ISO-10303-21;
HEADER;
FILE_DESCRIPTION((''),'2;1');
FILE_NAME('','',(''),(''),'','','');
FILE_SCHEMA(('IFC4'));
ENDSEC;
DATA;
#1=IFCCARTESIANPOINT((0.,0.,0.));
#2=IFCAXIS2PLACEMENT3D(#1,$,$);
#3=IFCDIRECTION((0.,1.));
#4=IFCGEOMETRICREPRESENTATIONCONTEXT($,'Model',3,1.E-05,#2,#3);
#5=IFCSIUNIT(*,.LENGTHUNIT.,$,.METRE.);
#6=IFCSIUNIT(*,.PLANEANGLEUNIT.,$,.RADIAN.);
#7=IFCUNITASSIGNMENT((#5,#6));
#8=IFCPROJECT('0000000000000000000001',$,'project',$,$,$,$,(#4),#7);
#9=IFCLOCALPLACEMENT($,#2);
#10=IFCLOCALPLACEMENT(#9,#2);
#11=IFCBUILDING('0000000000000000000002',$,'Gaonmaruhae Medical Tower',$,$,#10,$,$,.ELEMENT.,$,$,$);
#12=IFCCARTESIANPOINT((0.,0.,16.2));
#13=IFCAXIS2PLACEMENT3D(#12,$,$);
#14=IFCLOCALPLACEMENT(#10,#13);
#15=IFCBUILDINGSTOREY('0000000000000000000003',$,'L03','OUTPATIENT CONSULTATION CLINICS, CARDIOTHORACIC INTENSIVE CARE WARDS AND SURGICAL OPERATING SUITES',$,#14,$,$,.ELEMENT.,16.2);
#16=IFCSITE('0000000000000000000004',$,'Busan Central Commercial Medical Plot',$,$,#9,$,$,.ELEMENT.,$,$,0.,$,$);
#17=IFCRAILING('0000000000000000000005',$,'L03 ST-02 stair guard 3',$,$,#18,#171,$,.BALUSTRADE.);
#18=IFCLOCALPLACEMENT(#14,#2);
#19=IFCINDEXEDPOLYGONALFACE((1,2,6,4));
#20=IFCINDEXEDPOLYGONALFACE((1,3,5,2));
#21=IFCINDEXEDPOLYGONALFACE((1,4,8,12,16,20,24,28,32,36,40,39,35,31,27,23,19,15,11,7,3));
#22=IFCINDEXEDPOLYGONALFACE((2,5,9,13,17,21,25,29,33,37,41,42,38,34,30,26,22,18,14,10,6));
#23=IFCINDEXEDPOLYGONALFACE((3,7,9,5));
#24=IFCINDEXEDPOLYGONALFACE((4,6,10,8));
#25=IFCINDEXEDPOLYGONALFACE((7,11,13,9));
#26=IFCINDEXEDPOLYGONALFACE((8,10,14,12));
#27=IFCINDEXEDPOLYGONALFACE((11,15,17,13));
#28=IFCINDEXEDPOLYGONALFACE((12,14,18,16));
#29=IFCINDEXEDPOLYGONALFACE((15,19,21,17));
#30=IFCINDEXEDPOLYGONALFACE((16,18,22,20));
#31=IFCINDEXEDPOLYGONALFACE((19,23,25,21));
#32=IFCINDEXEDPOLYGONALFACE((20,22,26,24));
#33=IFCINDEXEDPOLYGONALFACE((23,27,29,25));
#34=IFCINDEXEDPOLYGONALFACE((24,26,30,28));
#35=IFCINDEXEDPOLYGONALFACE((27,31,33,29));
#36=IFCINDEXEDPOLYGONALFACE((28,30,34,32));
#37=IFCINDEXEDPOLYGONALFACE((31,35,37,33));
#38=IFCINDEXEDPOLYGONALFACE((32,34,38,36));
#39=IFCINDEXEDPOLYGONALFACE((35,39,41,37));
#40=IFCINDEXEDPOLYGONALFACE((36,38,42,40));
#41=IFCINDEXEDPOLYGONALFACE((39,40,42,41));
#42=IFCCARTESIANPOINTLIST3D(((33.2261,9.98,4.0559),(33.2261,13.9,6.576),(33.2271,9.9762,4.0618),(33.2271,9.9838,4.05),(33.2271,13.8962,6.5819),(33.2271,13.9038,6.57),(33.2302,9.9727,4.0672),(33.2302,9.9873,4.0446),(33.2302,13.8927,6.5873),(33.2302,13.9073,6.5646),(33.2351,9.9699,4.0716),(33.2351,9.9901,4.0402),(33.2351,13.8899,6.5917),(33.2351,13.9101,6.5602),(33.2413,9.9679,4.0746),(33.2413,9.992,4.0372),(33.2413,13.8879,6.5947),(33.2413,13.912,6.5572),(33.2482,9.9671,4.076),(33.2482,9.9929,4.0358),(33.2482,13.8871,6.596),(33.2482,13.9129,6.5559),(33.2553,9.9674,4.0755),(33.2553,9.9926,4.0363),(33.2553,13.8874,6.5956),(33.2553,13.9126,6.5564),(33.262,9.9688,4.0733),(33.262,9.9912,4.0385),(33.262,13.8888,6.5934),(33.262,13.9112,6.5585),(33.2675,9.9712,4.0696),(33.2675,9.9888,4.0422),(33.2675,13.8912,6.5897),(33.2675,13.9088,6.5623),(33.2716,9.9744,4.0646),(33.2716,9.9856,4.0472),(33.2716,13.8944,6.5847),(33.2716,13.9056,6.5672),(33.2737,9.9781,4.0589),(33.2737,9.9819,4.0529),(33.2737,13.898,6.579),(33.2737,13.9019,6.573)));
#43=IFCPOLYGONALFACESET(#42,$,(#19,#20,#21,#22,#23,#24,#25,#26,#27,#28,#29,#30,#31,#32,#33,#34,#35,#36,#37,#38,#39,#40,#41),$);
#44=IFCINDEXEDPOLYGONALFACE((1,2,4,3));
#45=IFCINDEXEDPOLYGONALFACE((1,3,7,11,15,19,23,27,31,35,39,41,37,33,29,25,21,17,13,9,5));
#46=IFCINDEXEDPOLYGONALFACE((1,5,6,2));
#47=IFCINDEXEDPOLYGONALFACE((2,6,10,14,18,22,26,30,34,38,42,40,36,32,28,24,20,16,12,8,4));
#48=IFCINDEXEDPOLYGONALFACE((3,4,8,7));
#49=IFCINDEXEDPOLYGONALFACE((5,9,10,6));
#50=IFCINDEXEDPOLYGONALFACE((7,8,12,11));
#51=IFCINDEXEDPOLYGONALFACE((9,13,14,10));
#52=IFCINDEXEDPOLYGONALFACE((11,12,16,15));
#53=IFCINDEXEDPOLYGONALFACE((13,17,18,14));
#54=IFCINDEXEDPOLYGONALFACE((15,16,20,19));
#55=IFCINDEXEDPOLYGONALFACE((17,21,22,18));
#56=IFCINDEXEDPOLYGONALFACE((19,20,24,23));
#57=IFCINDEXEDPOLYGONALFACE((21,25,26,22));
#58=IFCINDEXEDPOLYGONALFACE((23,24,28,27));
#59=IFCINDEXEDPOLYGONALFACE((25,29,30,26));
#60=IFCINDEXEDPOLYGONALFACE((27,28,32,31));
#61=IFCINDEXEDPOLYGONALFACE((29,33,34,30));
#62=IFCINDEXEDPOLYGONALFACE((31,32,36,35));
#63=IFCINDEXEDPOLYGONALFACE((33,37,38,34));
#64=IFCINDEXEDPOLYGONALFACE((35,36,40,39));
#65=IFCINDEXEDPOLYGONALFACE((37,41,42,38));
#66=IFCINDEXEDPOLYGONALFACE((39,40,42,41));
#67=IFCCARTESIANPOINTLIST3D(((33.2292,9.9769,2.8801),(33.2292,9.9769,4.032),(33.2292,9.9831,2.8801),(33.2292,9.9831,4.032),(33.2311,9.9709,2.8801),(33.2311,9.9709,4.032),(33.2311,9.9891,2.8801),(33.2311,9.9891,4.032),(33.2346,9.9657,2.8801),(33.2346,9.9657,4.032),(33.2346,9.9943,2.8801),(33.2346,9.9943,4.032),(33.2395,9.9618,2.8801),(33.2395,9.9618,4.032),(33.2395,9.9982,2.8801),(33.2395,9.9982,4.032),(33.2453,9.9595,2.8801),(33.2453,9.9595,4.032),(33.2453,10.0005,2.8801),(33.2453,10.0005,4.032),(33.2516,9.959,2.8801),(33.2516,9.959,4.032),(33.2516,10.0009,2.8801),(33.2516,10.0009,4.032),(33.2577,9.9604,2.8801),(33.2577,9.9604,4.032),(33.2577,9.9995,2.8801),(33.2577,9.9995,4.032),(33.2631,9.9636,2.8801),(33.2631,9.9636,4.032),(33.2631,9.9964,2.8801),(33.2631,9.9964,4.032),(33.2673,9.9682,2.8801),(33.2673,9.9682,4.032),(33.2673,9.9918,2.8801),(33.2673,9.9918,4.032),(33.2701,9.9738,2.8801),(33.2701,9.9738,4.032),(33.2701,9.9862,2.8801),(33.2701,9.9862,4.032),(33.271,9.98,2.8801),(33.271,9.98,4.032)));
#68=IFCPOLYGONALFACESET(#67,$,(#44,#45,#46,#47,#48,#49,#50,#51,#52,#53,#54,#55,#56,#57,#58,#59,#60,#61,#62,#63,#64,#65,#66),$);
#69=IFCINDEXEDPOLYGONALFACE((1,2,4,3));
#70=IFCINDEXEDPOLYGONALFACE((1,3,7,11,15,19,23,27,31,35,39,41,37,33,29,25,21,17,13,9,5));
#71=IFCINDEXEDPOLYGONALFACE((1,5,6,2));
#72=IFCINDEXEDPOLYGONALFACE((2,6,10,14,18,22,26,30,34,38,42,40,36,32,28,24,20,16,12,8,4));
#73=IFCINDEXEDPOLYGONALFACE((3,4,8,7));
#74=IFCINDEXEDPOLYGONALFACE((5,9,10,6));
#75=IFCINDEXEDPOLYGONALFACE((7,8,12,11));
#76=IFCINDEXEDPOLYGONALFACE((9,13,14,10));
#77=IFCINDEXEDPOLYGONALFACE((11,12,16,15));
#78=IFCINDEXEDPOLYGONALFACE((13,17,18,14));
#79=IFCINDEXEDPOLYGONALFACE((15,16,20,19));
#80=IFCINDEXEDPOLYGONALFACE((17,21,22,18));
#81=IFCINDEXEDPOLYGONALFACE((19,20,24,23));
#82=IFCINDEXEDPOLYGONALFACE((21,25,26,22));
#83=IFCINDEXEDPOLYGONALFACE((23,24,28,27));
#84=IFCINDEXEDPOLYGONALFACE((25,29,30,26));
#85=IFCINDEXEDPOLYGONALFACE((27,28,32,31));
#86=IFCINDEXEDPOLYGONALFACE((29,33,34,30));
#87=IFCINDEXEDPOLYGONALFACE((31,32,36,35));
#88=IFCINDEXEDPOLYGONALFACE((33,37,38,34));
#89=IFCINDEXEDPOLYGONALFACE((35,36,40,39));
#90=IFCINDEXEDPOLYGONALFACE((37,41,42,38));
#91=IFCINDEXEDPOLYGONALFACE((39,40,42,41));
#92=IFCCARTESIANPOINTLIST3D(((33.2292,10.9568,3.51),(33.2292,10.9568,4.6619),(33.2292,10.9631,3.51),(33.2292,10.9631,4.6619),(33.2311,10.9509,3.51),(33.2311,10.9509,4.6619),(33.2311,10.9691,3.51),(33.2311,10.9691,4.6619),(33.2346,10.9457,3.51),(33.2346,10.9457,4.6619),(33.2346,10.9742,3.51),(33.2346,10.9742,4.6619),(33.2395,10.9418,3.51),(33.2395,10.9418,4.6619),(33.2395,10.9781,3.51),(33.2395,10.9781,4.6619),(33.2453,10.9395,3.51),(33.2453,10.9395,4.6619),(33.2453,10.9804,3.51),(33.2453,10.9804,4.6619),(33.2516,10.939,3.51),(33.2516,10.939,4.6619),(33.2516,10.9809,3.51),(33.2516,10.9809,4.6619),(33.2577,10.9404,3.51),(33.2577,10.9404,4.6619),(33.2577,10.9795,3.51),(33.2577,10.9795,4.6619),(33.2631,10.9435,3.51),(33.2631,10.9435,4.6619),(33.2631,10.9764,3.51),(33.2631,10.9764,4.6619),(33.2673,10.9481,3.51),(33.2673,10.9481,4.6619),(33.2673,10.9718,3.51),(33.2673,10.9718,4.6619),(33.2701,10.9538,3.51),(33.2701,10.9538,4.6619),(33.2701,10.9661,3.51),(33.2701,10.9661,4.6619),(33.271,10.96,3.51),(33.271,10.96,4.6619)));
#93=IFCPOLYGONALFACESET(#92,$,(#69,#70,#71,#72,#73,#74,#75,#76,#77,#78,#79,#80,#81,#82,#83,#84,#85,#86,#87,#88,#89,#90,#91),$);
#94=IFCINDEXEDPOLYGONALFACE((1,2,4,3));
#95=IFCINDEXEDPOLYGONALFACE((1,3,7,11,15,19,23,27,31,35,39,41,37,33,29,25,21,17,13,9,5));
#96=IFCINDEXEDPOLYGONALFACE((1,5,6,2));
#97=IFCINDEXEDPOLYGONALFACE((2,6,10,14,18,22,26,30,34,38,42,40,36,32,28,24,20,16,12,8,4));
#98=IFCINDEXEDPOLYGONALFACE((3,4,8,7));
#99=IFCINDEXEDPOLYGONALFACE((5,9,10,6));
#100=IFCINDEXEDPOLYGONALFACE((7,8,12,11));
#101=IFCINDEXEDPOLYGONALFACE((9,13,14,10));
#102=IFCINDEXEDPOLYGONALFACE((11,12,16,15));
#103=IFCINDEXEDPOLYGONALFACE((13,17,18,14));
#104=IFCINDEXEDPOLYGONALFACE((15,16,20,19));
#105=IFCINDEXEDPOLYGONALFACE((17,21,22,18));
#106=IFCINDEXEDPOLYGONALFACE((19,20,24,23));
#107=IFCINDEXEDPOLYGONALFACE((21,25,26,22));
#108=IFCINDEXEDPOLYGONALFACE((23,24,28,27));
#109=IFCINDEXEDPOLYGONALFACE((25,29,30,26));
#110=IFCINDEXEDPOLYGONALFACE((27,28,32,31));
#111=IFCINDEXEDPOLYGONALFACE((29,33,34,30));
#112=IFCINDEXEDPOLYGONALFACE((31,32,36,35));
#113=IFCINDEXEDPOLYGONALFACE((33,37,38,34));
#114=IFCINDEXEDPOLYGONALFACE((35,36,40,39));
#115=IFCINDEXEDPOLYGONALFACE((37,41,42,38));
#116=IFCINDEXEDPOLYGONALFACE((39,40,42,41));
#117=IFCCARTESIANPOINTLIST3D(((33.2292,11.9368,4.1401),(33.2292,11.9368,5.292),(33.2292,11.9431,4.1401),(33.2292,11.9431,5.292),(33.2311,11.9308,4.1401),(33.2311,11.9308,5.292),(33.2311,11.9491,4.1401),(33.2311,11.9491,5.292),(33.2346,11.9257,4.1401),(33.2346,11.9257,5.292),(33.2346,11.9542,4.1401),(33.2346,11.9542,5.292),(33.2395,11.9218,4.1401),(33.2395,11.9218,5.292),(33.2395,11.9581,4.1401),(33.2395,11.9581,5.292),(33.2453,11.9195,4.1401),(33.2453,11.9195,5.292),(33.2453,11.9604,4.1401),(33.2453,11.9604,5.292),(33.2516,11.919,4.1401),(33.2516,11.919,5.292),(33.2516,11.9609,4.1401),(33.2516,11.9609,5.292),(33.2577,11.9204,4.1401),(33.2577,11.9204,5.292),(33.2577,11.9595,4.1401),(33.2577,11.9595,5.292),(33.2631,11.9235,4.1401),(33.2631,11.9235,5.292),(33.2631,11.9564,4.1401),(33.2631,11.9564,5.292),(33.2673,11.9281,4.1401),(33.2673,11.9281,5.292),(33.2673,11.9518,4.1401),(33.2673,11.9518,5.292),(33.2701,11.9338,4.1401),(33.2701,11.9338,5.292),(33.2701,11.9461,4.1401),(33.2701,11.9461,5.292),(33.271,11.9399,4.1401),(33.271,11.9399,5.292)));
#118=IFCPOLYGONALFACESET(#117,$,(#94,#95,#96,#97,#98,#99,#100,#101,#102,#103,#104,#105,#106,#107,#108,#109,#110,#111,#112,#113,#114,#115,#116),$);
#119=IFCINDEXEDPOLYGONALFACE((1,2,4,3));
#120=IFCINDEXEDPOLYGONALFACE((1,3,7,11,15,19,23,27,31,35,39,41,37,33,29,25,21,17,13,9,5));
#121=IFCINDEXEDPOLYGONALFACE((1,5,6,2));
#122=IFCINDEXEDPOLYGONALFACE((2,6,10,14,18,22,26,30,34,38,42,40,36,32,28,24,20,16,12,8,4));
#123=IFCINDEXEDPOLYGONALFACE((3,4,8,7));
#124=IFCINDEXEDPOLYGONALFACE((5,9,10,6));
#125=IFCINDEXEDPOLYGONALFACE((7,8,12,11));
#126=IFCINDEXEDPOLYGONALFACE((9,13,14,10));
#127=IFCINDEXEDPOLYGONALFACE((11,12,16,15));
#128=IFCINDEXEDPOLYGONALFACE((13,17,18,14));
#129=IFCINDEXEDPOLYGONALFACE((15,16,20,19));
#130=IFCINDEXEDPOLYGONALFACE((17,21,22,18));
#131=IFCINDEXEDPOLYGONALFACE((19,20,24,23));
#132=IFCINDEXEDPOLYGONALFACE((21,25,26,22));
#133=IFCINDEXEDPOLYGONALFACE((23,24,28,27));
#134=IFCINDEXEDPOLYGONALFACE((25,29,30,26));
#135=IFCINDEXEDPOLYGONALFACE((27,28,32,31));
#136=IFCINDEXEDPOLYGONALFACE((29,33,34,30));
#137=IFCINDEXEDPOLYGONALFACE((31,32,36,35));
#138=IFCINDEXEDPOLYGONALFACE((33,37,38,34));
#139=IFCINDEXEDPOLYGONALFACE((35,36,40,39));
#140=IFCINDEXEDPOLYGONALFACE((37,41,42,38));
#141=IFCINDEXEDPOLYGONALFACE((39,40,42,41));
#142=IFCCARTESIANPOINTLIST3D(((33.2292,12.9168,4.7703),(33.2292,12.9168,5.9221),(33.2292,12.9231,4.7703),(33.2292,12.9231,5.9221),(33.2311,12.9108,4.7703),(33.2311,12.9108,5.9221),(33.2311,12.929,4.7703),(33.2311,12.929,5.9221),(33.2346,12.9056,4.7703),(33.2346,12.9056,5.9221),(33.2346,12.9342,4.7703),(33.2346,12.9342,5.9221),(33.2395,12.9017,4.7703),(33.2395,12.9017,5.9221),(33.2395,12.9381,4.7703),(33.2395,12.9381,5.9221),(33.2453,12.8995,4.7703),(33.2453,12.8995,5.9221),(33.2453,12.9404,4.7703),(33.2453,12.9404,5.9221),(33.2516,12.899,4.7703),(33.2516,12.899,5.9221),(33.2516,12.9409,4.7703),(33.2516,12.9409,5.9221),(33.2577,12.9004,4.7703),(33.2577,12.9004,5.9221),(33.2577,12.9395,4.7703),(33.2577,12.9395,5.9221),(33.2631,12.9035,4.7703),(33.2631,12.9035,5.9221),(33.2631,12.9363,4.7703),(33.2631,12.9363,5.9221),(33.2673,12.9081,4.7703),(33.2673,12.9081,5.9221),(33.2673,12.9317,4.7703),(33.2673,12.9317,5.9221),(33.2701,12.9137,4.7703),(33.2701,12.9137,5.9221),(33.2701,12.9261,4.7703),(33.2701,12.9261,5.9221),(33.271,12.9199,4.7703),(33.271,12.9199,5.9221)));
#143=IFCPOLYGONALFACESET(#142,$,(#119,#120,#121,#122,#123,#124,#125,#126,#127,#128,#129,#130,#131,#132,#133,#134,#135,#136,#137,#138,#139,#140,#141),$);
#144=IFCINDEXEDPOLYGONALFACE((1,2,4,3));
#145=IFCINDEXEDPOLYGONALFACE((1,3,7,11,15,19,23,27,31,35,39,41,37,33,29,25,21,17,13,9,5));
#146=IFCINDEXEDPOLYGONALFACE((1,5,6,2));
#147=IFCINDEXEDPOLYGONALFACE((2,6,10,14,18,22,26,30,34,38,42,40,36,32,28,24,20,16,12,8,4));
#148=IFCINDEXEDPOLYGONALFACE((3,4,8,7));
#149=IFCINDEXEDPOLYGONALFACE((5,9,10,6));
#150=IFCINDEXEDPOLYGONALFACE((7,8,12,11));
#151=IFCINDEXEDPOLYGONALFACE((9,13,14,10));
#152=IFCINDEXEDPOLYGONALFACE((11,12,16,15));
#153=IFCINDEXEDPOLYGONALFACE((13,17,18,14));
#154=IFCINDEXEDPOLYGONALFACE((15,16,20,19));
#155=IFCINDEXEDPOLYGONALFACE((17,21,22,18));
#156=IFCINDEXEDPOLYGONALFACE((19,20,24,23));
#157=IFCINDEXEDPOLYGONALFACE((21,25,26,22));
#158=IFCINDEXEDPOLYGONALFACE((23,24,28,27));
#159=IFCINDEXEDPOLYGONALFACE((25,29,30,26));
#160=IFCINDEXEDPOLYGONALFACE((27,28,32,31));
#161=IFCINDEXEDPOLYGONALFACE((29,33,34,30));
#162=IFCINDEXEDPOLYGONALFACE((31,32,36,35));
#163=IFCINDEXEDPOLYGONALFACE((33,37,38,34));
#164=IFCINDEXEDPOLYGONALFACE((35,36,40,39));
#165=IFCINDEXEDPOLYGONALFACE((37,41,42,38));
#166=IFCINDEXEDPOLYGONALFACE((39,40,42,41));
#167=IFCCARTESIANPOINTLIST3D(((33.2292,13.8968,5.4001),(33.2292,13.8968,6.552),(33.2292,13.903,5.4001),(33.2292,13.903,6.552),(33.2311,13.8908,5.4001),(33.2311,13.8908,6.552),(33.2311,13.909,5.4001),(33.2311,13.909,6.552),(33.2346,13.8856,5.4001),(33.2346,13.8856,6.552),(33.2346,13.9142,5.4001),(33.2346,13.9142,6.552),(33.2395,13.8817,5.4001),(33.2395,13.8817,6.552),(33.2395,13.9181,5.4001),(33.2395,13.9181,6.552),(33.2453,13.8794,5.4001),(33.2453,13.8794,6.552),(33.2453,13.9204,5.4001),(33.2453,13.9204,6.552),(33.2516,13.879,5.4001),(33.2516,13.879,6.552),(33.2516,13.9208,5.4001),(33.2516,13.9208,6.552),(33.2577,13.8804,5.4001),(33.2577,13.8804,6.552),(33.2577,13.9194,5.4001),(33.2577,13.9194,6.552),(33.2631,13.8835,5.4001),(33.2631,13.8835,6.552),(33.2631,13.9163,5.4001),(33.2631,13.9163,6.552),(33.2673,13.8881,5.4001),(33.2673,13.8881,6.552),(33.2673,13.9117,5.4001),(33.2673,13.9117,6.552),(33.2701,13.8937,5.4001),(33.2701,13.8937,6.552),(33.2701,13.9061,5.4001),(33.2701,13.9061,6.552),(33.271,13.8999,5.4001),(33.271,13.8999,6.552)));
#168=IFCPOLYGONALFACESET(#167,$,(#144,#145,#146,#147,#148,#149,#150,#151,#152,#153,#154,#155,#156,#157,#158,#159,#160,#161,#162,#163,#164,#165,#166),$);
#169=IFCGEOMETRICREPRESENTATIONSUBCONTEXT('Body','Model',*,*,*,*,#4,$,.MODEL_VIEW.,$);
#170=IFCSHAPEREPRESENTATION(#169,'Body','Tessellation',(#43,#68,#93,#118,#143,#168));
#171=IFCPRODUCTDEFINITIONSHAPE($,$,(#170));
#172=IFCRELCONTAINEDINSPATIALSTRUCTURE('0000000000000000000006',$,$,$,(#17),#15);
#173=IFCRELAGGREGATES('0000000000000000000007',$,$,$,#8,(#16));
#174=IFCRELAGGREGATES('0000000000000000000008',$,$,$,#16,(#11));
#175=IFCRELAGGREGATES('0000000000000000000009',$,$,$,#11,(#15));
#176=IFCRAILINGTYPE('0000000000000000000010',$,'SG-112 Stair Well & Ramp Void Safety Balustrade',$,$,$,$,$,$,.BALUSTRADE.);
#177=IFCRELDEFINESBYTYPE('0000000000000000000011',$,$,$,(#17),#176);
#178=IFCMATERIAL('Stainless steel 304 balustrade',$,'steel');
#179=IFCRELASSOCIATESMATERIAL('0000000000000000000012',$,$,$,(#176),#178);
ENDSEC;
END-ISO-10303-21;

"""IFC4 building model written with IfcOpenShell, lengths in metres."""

from ifc_helpers import new_model, si_unit, direction, frame, origin, origin_2d, place, context, subcontext, project, spatial, circle, extrude, material, type_object, element, save


model = new_model("IFC4")

# Units and contexts
model_context = context("Model", 3, precision=1e-05, world=origin(), true_north=direction((0.0, 1.0)))
body_context = subcontext(model_context, "Body", "Model", "MODEL_VIEW")
ifc_project = project(units=[si_unit("LENGTHUNIT", "METRE"), si_unit("PLANEANGLEUNIT", "RADIAN")], contexts=[model_context])

# Site, building, storey
site_placement = place(None, origin())
site = spatial("IfcSite", under=ifc_project, at=site_placement, Name="Busan Central Commercial Medical Plot", CompositionType="ELEMENT", RefElevation=0.0)
building_placement = place(site_placement, origin())
building = spatial("IfcBuilding", under=site, at=building_placement, Name="Gaonmaruhae Medical Tower", CompositionType="ELEMENT")
storey_placement = place(building_placement, frame((0.0, 0.0, 16.2)))
storey = spatial("IfcBuildingStorey", under=building, at=storey_placement, Name="L03", Description="OUTPATIENT CONSULTATION CLINICS, CARDIOTHORACIC INTENSIVE CARE WARDS AND SURGICAL OPERATING SUITES", CompositionType="ELEMENT", Elevation=16.2)

# Railing
ifc_material_1 = material(Name="Stainless steel 304 balustrade", Category="steel")
railing_type_1 = type_object("IfcRailingType", Name="SG-112 Stair Well & Ramp Void Safety Balustrade", PredefinedType="BALUSTRADE", material=ifc_material_1)
railing_1_placement = place(storey_placement, frame((33.25, 9.98, 2.8801)))
element("IfcRailing", 1, at=railing_1_placement, inside=storey, type_object=railing_type_1, Name="L03 ST-02 stair guard 3", PredefinedType="BALUSTRADE", context=body_context, shape_type="SweptSolid", body=[
    extrude(circle(Radius=0.0239, at=origin_2d()), frame((0.0, 0.0, 1.1758), z_axis=(0.0, 0.841172, 0.540768), x_axis=(-1.0, 0.0, 0.0)), (0.0, 0.0, 1.0), 4.6602),
    extrude(circle(Radius=0.021, at=origin_2d()), origin(), (0.0, 0.0, 1.0), 1.1519),
    extrude(circle(Radius=0.021, at=origin_2d()), frame((0.0, 0.98, 0.6299)), (0.0, 0.0, 1.0), 1.1519),
    extrude(circle(Radius=0.021, at=origin_2d()), frame((0.0, 1.96, 1.26)), (0.0, 0.0, 1.0), 1.1519),
    extrude(circle(Radius=0.021, at=origin_2d()), frame((0.0, 2.9399, 1.8901)), (0.0, 0.0, 1.0), 1.1519),
    extrude(circle(Radius=0.021, at=origin_2d()), frame((0.0, 3.9199, 2.52)), (0.0, 0.0, 1.0), 1.1519),
])

save(model, "model.ifc")
